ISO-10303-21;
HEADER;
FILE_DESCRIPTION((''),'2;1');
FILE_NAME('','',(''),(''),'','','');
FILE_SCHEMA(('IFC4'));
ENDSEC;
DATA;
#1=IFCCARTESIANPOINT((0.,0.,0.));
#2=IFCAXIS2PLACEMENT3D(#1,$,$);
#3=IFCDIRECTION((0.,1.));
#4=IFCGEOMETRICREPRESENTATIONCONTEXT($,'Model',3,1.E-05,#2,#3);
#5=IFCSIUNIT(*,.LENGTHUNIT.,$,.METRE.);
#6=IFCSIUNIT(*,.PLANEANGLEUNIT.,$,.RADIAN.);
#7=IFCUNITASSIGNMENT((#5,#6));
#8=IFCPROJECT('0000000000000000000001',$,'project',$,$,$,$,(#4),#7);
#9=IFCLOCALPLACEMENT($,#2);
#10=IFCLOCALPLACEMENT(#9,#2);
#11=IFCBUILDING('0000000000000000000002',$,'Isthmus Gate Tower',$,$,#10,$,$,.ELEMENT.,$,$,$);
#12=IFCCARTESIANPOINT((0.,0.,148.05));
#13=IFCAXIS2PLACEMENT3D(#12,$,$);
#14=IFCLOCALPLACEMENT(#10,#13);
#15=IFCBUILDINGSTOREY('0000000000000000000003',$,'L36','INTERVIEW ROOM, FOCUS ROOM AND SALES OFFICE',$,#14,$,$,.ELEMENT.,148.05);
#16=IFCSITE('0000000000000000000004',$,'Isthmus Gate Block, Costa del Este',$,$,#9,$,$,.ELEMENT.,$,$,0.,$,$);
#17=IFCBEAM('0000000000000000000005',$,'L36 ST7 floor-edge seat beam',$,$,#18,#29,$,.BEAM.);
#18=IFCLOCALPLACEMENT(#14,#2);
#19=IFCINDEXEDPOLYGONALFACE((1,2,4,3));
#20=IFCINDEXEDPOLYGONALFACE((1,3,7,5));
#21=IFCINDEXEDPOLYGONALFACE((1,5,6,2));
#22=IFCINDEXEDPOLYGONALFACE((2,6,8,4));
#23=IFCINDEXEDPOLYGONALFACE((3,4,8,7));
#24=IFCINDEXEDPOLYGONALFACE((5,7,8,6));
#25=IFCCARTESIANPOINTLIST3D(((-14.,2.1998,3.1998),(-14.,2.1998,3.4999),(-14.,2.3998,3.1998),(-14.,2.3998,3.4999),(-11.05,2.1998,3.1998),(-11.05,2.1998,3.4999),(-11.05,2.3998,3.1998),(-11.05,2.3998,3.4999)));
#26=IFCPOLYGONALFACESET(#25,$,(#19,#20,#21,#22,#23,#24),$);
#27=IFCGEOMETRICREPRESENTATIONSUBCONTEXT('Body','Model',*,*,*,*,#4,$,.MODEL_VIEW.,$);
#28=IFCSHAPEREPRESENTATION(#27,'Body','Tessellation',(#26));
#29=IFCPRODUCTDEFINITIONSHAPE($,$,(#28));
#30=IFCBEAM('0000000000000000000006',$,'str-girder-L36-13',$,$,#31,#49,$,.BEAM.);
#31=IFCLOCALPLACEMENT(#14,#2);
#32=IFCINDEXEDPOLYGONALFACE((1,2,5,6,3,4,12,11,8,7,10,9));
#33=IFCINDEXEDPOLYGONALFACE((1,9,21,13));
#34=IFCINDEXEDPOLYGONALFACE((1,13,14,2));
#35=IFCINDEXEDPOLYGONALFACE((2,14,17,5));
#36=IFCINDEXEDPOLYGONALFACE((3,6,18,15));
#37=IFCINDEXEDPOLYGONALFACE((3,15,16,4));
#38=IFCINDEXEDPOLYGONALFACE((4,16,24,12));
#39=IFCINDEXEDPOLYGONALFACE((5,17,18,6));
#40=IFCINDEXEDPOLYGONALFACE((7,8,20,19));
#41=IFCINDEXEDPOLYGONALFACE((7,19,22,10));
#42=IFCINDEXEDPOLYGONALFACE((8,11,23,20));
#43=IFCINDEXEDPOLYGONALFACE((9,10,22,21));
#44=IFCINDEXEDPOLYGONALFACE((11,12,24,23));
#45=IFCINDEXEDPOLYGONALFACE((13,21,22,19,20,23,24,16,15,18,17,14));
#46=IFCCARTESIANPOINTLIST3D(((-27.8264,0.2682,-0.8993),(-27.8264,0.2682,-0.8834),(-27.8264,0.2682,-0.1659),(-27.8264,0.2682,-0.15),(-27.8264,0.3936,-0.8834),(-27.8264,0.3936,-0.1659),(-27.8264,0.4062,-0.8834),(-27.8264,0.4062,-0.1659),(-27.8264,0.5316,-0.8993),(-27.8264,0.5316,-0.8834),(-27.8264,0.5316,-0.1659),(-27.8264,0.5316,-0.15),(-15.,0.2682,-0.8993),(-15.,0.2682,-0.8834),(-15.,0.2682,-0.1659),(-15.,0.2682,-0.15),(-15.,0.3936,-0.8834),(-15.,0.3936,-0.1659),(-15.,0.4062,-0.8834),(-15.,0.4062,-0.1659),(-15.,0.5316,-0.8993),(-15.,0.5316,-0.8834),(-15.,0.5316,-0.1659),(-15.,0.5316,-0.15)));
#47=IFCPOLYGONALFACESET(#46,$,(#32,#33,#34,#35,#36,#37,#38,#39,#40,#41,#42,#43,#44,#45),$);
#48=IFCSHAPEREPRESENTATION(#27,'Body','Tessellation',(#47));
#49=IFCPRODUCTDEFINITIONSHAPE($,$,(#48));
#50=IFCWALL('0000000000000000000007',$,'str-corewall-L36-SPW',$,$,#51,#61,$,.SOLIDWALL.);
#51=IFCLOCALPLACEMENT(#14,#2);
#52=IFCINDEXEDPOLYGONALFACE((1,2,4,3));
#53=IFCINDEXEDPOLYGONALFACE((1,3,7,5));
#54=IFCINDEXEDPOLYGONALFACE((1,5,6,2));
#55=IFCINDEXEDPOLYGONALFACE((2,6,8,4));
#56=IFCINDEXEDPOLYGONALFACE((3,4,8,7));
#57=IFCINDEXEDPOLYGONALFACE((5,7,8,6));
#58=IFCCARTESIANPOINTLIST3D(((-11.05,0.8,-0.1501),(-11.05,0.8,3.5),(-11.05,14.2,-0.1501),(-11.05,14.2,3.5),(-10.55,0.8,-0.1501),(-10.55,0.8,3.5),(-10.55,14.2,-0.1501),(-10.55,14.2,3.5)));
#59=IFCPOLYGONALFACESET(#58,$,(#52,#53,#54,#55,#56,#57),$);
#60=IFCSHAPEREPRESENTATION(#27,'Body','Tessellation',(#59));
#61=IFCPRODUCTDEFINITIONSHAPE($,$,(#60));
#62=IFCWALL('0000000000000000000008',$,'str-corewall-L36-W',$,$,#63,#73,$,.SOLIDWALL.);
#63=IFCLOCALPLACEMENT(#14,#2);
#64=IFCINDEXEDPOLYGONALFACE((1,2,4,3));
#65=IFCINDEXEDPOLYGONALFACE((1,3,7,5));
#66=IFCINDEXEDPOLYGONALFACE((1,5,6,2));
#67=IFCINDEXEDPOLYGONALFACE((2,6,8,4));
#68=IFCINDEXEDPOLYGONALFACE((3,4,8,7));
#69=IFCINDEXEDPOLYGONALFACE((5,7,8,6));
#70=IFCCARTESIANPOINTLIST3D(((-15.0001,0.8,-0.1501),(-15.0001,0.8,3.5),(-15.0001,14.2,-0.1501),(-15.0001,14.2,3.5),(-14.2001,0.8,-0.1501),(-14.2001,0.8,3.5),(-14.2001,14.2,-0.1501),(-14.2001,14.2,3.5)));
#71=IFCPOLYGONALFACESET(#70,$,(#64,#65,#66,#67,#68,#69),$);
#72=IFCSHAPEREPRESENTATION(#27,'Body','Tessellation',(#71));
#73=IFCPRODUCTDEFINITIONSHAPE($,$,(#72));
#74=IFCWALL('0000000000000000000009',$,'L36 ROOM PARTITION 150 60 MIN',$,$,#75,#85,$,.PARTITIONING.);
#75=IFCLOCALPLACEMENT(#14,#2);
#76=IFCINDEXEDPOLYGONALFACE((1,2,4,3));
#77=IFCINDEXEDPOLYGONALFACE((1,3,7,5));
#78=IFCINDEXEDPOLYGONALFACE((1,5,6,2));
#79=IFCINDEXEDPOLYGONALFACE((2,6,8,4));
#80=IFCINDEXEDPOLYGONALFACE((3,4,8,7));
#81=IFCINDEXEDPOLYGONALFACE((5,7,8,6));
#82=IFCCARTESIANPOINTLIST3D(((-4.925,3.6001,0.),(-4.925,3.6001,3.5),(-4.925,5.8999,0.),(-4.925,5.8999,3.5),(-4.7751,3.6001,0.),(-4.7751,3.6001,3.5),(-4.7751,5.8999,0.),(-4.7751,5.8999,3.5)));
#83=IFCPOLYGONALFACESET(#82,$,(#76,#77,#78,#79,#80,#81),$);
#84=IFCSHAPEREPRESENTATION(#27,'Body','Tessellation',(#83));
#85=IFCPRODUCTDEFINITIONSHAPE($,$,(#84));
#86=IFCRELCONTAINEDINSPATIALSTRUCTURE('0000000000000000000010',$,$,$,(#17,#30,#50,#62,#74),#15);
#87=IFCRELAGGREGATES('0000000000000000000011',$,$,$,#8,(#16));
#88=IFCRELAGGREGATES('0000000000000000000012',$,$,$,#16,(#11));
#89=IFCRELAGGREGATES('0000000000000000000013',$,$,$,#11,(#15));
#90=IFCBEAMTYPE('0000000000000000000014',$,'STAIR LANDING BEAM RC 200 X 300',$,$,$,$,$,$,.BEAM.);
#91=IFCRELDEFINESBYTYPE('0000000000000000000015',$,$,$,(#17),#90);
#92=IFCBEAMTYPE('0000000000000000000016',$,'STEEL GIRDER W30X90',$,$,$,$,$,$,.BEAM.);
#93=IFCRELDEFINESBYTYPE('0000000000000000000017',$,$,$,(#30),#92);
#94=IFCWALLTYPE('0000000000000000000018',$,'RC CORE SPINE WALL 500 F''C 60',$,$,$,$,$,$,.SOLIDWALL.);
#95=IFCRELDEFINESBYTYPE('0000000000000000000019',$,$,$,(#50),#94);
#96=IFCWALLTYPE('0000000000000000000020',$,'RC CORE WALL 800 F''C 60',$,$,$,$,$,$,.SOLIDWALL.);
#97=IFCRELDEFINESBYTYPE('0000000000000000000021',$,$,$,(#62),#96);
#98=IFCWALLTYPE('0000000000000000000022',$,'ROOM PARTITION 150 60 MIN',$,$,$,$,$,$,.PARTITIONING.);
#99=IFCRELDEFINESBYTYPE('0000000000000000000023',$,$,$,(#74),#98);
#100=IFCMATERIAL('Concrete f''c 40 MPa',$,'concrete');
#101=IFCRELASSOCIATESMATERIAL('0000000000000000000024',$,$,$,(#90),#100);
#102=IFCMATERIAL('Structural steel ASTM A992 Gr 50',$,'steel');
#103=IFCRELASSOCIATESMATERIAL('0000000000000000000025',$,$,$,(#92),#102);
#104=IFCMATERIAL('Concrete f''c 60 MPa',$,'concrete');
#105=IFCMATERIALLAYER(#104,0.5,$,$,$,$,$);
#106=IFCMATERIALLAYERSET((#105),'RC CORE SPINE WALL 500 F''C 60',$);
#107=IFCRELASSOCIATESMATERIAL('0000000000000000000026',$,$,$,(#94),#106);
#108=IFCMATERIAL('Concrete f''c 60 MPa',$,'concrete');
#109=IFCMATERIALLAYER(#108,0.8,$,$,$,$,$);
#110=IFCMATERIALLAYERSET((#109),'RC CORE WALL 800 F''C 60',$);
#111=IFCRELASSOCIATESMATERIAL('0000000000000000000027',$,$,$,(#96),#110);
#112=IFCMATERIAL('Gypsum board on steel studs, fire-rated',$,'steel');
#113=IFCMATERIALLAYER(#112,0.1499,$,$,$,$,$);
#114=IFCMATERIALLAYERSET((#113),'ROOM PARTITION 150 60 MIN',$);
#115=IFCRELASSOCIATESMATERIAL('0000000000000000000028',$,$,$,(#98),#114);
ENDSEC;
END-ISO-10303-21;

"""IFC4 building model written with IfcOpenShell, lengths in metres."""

from ifc_helpers import new_model, si_unit, direction, frame, frame_2d, origin, origin_2d, place, context, subcontext, project, spatial, rectangle, i_section, extrude, material, layer, layer_set, material_profile, profile_set, type_object, element, save


model = new_model("IFC4")

# Units and contexts
model_context = context("Model", 3, precision=1e-05, world=origin(), true_north=direction((0.0, 1.0)))
body_context = subcontext(model_context, "Body", "Model", "MODEL_VIEW")
ifc_project = project(units=[si_unit("LENGTHUNIT", "METRE"), si_unit("PLANEANGLEUNIT", "RADIAN")], contexts=[model_context])

# Site, building, storey
site_placement = place(None, origin())
site = spatial("IfcSite", under=ifc_project, at=site_placement, Name="Isthmus Gate Block, Costa del Este", CompositionType="ELEMENT", RefElevation=0.0)
building_placement = place(site_placement, origin())
building = spatial("IfcBuilding", under=site, at=building_placement, Name="Isthmus Gate Tower", CompositionType="ELEMENT")
storey_placement = place(building_placement, frame((0.0, 0.0, 148.05)))
storey = spatial("IfcBuildingStorey", under=building, at=storey_placement, Name="L36", Description="INTERVIEW ROOM, FOCUS ROOM AND SALES OFFICE", CompositionType="ELEMENT", Elevation=148.05)

# Beams
ifc_material_1 = material(Name="Concrete f'c 40 MPa", Category="concrete")
ifc_material_profile_1 = material_profile(ifc_material_1, rectangle(XDim=0.2, YDim=0.3, at=origin_2d()), Name="STAIR LANDING BEAM RC 200 X 300")
ifc_profile_set_1 = profile_set([ifc_material_profile_1], Name="Concrete f'c 40 MPa")
beam_type_1 = type_object("IfcBeamType", Name="STAIR LANDING BEAM RC 200 X 300", PredefinedType="BEAM", material=ifc_profile_set_1)
beam_1_placement = place(storey_placement, frame((-14.0, 2.2998, 3.3499), z_axis=(1.0, 0.0, 0.0), x_axis=(0.0, 1.0, 0.0)))
element("IfcBeam", 1, at=beam_1_placement, inside=storey, type_object=beam_type_1, Name="L36 ST7 floor-edge seat beam", PredefinedType="BEAM", context=body_context, shape_type="SweptSolid", body=[
    extrude(rectangle(XDim=0.2, YDim=0.3, at=origin_2d()), origin(), (0.0, 0.0, 1.0), 2.95),
])
ifc_material_2 = material(Name="Structural steel ASTM A992 Gr 50", Category="steel")
ifc_material_profile_2 = material_profile(ifc_material_2, i_section(OverallWidth=0.2634, OverallDepth=0.7493, WebThickness=0.0127, FlangeThickness=0.0159, at=origin_2d()), Name="W30X90")
ifc_profile_set_2 = profile_set([ifc_material_profile_2], Name="Structural steel ASTM A992 Gr 50")
beam_type_2 = type_object("IfcBeamType", Name="STEEL GIRDER W30X90", PredefinedType="BEAM", material=ifc_profile_set_2)
beam_2_placement = place(storey_placement, frame((-15.0, 0.3999, -0.5247), z_axis=(-1.0, 0.0, 0.0), x_axis=(0.0, -1.0, 0.0)))
element("IfcBeam", 2, at=beam_2_placement, inside=storey, type_object=beam_type_2, Name="str-girder-L36-13", PredefinedType="BEAM", context=body_context, shape_type="SweptSolid", body=[
    extrude(i_section(OverallWidth=0.2634, OverallDepth=0.7493, WebThickness=0.0127, FlangeThickness=0.0159, at=origin_2d()), origin(), (0.0, 0.0, 1.0), 12.8264),
])

# Walls
ifc_material_3 = material(Name="Concrete f'c 60 MPa", Category="concrete")
ifc_layer_1 = layer(ifc_material_3, 0.5)
ifc_layer_set_1 = layer_set([ifc_layer_1], Name="RC CORE SPINE WALL 500 F'C 60")
wall_type_1 = type_object("IfcWallType", Name="RC CORE SPINE WALL 500 F'C 60", PredefinedType="SOLIDWALL", material=ifc_layer_set_1)
wall_1_placement = place(storey_placement, frame((-10.8, 0.8, -0.1501), z_axis=(0.0, 0.0, 1.0), x_axis=(0.0, 1.0, 0.0)))
element("IfcWall", 3, at=wall_1_placement, inside=storey, type_object=wall_type_1, Name="str-corewall-L36-SPW", PredefinedType="SOLIDWALL", context=body_context, shape_type="SweptSolid", body=[
    extrude(rectangle(XDim=13.3999, YDim=0.5, at=frame_2d((6.7, 0.0))), origin(), (0.0, 0.0, 1.0), 3.6501),
])
ifc_material_4 = material(Name="Concrete f'c 60 MPa", Category="concrete")
ifc_layer_2 = layer(ifc_material_4, 0.8)
ifc_layer_set_2 = layer_set([ifc_layer_2], Name="RC CORE WALL 800 F'C 60")
wall_type_2 = type_object("IfcWallType", Name="RC CORE WALL 800 F'C 60", PredefinedType="SOLIDWALL", material=ifc_layer_set_2)
wall_2_placement = place(storey_placement, frame((-14.6001, 0.8, -0.1501), z_axis=(0.0, 0.0, 1.0), x_axis=(0.0, 1.0, 0.0)))
element("IfcWall", 4, at=wall_2_placement, inside=storey, type_object=wall_type_2, Name="str-corewall-L36-W", PredefinedType="SOLIDWALL", context=body_context, shape_type="SweptSolid", body=[
    extrude(rectangle(XDim=13.3999, YDim=0.8, at=frame_2d((6.7, 0.0))), origin(), (0.0, 0.0, 1.0), 3.6501),
])
ifc_material_5 = material(Name="Gypsum board on steel studs, fire-rated", Category="steel")
ifc_layer_3 = layer(ifc_material_5, 0.1499)
ifc_layer_set_3 = layer_set([ifc_layer_3], Name="ROOM PARTITION 150 60 MIN")
wall_type_3 = type_object("IfcWallType", Name="ROOM PARTITION 150 60 MIN", PredefinedType="PARTITIONING", material=ifc_layer_set_3)
wall_3_placement = place(storey_placement, frame((-4.8501, 3.6001, 0.0), z_axis=(0.0, 0.0, 1.0), x_axis=(0.0, 1.0, 0.0)))
element("IfcWall", 5, at=wall_3_placement, inside=storey, type_object=wall_type_3, Name="L36 ROOM PARTITION 150 60 MIN", PredefinedType="PARTITIONING", context=body_context, shape_type="SweptSolid", body=[
    extrude(rectangle(XDim=2.2998, YDim=0.1499, at=frame_2d((1.1499, 0.0))), origin(), (0.0, 0.0, 1.0), 3.5),
])

save(model, "model.ifc")
